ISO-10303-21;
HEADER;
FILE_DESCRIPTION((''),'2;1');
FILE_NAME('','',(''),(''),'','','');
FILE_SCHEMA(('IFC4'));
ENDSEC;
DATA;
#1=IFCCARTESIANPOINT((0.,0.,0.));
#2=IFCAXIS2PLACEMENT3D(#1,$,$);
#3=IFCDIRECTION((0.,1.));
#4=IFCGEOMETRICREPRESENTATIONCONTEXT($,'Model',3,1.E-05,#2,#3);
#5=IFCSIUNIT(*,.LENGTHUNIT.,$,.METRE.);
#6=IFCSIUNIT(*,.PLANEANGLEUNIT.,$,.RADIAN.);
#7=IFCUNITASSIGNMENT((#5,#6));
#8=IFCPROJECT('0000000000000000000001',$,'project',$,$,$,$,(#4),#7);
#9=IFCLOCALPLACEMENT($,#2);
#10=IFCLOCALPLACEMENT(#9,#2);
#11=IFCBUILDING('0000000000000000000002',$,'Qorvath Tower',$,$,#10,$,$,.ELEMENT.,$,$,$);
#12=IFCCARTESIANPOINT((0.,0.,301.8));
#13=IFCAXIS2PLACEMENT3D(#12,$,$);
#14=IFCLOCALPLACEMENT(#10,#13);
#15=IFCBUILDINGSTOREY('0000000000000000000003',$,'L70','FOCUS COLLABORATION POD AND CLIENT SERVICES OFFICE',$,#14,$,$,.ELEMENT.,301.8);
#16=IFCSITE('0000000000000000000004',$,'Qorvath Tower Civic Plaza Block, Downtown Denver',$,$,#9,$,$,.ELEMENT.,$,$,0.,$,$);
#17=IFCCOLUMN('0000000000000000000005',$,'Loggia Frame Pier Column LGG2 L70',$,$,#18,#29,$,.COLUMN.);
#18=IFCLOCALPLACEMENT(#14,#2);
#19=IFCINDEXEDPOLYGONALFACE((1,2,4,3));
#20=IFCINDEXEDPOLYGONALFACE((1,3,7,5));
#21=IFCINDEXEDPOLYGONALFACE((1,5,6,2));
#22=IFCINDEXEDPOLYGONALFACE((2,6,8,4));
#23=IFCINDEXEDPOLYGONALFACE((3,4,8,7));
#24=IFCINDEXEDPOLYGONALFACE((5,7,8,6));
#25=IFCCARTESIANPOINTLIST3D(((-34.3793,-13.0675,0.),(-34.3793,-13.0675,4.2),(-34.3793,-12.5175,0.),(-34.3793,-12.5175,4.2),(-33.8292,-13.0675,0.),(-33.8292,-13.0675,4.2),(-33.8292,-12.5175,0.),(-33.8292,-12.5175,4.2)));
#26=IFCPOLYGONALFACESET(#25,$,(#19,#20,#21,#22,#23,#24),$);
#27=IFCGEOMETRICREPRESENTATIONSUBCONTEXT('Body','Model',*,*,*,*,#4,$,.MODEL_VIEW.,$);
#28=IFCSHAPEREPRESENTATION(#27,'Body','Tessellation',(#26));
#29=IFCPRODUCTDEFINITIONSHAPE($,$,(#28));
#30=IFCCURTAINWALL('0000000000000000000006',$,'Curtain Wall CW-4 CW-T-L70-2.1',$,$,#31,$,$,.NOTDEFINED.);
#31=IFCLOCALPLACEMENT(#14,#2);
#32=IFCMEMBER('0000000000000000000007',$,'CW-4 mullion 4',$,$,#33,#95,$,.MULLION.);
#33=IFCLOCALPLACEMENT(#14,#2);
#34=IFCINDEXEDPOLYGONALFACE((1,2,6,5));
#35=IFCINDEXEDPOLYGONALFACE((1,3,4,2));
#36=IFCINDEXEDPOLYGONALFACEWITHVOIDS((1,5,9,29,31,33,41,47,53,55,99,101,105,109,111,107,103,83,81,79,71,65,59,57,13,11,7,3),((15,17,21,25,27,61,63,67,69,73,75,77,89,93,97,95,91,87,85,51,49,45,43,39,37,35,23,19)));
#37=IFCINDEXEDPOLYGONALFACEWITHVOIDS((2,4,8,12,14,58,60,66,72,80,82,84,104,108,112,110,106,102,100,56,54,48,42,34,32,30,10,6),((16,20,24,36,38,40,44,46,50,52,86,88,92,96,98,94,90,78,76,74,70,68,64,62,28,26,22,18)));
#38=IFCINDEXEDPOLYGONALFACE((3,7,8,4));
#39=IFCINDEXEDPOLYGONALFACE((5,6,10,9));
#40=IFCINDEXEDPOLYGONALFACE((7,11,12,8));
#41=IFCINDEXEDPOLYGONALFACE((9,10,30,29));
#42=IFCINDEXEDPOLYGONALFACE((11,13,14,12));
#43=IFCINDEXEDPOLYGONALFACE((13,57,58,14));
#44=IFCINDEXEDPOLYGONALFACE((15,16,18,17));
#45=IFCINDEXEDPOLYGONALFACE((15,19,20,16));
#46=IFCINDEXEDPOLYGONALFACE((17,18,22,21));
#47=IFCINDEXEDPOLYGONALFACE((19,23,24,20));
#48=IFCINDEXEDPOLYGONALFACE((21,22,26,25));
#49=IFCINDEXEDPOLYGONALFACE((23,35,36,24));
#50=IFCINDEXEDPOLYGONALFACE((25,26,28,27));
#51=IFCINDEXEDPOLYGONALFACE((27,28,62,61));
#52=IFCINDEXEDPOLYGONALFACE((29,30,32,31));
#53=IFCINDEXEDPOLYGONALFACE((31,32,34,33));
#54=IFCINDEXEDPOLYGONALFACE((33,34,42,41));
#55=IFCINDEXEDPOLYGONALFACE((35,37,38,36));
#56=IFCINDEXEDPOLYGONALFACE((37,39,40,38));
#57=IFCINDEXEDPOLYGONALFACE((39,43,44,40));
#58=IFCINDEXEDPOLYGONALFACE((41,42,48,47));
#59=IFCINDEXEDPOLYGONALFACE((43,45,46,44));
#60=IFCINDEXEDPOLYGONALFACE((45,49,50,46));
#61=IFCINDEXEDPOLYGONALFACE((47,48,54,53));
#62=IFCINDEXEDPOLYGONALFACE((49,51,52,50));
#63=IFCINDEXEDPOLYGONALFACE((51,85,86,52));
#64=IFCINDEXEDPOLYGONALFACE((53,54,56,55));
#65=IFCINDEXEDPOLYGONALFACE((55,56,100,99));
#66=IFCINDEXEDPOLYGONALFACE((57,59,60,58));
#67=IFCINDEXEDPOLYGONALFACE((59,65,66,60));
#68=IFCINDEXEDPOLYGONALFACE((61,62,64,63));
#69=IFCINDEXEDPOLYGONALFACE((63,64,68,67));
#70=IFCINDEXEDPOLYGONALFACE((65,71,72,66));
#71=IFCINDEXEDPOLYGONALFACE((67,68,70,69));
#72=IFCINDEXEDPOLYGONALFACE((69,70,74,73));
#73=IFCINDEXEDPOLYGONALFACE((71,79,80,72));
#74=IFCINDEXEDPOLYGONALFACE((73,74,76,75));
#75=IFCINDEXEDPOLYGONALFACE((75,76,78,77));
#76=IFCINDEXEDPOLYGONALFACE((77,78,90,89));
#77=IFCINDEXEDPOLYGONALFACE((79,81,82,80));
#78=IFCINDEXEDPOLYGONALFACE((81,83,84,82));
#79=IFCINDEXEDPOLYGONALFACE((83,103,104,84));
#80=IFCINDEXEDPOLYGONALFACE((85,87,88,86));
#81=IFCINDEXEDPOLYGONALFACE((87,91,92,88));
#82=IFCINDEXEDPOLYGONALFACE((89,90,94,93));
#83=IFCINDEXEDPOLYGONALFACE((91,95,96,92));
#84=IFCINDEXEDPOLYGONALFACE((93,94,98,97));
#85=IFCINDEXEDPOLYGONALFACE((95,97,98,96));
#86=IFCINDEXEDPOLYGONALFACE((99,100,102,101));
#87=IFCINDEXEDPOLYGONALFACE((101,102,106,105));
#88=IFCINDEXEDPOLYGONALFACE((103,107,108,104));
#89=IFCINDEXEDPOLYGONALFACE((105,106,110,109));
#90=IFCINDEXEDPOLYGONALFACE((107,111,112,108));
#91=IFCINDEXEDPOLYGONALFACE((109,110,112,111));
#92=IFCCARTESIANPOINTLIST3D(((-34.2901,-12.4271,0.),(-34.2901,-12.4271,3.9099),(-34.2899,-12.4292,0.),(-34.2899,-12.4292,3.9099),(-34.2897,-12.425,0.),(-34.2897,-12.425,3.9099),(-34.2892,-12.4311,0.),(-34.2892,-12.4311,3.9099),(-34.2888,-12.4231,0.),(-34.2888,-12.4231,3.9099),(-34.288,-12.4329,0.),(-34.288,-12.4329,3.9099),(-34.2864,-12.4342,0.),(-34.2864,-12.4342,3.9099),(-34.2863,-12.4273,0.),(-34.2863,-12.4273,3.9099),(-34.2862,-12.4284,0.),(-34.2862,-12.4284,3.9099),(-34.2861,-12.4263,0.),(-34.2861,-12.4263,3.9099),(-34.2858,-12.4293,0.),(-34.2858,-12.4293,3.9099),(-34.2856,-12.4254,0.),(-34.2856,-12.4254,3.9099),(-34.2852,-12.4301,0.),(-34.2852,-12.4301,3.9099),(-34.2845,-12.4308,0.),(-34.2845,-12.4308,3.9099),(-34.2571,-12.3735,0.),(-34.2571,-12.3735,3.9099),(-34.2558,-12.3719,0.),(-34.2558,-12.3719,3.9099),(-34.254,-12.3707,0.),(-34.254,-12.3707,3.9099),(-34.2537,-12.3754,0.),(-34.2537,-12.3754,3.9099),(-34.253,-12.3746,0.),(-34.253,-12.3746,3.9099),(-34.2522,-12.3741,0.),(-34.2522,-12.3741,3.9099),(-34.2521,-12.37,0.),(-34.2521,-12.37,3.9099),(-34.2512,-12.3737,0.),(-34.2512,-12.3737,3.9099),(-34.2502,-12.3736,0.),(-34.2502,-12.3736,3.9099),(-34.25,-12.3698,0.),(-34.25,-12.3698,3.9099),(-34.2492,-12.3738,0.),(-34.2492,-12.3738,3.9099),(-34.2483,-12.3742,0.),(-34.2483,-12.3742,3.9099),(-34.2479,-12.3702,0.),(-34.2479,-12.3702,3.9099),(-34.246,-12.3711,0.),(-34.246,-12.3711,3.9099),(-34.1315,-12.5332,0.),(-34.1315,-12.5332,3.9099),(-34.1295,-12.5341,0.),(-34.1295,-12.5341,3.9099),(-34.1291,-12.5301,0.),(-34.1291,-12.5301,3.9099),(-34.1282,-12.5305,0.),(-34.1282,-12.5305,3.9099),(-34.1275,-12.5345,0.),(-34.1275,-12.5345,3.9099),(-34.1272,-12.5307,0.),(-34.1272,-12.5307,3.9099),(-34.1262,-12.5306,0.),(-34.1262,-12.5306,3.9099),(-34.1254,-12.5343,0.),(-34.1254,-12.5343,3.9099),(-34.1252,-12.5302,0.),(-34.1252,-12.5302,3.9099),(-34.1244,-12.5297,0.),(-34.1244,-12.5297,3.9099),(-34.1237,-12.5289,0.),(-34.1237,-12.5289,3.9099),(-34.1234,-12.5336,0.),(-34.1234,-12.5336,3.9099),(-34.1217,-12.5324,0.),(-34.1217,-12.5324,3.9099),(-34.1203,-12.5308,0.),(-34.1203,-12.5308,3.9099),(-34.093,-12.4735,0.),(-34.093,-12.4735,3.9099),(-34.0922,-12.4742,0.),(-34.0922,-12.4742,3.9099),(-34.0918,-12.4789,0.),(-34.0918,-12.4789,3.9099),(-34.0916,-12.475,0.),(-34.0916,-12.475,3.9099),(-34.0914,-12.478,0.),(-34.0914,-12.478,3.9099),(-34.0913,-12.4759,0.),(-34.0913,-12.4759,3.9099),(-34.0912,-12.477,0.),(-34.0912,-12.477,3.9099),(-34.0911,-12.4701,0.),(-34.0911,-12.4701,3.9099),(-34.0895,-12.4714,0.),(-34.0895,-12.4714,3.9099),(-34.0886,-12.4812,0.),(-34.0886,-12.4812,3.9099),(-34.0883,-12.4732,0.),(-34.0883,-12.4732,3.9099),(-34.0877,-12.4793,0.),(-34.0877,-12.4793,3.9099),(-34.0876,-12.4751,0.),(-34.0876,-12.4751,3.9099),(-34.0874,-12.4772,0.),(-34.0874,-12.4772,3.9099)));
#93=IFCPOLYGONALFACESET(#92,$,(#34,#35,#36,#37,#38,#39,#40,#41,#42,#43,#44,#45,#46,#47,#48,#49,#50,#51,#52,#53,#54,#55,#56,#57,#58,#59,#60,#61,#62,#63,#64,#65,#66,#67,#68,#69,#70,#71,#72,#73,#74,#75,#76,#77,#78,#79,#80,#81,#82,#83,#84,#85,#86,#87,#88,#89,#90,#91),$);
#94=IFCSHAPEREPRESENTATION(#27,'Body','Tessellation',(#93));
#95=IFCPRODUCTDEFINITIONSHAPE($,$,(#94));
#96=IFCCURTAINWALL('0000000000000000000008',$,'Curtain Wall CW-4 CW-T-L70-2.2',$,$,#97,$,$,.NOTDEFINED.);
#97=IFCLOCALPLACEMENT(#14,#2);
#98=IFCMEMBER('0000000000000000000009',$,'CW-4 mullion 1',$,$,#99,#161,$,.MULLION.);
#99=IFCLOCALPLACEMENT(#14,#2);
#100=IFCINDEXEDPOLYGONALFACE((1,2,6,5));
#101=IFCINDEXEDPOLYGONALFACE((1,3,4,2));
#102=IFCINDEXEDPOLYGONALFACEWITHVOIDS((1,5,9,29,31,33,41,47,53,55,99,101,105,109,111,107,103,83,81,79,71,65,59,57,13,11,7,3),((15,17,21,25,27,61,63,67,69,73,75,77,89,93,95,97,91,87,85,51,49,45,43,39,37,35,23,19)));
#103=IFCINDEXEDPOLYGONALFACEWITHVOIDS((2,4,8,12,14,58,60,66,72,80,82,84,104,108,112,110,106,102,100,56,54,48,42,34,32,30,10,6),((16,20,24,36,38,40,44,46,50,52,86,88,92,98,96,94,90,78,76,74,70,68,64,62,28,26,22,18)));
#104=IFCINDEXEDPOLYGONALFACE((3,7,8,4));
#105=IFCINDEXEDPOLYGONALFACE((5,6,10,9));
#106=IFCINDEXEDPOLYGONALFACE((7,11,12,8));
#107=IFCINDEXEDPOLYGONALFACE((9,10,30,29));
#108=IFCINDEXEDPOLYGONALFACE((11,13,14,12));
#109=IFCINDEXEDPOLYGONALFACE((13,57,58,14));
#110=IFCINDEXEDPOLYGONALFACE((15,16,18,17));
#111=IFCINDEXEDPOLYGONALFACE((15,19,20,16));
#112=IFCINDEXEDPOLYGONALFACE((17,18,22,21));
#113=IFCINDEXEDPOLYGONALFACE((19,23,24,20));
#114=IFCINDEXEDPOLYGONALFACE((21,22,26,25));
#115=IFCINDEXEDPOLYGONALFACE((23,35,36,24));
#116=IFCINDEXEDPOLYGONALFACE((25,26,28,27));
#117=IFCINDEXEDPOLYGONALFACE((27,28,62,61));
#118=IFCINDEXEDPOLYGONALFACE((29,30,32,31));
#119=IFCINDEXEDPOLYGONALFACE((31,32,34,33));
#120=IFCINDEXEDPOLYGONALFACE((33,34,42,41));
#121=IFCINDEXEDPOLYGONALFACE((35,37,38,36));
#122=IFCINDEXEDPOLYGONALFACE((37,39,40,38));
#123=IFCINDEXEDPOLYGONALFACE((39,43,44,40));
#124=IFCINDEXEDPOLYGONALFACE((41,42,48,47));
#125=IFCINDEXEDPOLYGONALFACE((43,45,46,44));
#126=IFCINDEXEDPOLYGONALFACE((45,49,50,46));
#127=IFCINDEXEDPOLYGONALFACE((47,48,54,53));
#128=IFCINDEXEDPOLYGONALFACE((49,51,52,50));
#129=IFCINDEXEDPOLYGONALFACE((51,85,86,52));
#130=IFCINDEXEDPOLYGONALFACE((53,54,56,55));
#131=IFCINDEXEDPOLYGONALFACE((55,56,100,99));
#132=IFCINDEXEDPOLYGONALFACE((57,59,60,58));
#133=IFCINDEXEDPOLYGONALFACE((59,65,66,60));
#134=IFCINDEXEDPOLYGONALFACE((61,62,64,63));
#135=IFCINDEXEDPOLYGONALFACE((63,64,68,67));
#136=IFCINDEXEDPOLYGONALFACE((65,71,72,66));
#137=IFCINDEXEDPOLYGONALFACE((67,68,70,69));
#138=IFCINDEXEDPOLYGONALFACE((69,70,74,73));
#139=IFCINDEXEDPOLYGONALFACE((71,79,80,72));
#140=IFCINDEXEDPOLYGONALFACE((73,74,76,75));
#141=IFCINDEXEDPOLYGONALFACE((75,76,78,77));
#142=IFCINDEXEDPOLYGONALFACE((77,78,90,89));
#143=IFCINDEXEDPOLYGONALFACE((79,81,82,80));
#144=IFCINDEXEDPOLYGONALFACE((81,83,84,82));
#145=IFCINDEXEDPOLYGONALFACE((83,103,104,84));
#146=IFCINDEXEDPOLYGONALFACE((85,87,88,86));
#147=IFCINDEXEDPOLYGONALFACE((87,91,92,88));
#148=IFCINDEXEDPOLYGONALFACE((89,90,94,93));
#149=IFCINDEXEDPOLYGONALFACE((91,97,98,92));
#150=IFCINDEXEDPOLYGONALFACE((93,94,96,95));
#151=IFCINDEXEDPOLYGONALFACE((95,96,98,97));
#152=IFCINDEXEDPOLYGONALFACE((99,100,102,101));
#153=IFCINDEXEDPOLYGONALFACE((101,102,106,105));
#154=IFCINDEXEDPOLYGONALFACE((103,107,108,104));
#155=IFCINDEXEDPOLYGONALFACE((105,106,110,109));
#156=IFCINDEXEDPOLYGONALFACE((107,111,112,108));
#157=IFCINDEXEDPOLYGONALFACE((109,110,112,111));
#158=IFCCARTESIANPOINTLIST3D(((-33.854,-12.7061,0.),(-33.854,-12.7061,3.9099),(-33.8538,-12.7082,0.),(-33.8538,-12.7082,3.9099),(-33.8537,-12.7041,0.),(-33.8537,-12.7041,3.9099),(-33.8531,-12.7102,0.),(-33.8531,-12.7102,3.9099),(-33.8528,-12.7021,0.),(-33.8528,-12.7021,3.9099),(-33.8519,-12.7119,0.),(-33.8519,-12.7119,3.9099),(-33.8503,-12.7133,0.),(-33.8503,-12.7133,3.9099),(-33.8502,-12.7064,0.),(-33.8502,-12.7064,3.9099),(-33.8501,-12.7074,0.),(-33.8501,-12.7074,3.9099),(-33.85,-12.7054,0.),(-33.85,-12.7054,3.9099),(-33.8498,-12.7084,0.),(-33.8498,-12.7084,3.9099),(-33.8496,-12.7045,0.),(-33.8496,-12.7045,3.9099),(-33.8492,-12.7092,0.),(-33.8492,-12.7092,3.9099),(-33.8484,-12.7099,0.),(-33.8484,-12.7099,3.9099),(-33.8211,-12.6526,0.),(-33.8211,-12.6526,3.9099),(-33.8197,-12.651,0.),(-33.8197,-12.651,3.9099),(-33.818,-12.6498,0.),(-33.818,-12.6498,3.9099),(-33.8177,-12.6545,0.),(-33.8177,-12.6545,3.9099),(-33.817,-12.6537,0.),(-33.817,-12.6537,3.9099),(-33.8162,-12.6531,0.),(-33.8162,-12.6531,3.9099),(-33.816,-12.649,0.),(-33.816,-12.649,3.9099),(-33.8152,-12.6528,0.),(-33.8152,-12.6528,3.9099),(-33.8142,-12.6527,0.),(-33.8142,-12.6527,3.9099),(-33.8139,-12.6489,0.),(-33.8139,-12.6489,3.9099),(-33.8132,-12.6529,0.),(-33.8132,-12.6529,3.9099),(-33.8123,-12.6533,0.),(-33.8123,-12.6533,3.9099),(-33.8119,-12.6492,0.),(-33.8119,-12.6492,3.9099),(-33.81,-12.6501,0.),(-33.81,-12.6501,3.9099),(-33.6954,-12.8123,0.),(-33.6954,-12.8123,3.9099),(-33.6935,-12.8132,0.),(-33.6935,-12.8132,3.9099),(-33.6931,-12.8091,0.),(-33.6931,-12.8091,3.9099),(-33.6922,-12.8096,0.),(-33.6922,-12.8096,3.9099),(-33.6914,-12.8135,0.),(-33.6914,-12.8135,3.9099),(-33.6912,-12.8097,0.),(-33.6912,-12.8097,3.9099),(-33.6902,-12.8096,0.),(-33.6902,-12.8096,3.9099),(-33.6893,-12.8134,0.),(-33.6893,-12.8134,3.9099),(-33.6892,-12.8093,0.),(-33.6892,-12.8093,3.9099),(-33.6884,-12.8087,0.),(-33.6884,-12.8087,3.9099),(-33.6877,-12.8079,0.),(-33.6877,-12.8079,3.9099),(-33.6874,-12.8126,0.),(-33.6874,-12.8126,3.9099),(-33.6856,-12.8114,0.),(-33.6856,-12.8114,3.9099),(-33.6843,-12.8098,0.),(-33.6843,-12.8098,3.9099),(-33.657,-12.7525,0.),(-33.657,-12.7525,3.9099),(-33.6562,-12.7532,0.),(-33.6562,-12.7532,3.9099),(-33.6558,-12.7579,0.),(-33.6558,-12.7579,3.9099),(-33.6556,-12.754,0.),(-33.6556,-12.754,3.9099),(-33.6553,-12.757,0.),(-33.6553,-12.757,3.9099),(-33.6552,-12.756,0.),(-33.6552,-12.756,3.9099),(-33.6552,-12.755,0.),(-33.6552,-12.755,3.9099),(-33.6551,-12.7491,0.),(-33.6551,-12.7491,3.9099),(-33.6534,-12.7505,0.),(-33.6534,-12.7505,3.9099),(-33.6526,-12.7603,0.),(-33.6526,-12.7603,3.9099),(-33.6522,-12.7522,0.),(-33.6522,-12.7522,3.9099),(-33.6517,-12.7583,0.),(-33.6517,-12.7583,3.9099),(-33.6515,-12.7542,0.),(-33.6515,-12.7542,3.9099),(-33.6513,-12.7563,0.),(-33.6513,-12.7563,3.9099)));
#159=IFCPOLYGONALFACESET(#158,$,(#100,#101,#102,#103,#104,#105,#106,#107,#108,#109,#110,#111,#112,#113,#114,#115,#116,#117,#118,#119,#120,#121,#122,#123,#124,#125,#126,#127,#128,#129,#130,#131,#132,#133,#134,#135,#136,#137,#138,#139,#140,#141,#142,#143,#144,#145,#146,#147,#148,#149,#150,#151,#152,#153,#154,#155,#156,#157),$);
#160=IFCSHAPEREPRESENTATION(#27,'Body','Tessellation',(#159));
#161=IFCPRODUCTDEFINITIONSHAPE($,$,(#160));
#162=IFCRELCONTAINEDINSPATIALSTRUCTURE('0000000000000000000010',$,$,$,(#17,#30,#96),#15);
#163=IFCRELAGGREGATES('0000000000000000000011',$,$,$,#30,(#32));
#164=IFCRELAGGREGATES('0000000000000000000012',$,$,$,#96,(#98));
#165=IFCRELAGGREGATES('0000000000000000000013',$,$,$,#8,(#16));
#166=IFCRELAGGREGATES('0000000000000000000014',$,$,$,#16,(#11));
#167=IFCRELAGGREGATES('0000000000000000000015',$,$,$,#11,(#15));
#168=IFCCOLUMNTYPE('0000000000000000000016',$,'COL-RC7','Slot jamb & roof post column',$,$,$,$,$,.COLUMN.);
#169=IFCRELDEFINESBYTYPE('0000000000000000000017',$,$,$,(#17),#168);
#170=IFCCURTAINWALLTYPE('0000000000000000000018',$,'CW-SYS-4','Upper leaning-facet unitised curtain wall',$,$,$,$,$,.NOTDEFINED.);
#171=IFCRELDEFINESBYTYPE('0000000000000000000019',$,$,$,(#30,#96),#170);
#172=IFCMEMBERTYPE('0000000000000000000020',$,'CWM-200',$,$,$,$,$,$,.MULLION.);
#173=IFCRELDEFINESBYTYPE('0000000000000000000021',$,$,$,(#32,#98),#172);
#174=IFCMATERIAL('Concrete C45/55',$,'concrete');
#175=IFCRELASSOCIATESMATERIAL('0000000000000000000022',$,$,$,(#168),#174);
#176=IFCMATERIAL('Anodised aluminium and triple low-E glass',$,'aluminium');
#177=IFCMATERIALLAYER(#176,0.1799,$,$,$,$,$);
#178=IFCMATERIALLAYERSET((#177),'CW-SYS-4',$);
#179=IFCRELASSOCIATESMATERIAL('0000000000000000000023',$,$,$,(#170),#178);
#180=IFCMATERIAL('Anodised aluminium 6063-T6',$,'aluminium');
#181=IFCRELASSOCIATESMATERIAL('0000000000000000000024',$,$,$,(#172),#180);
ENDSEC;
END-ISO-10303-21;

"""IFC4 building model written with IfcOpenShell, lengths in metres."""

from ifc_helpers import new_model, si_unit, direction, frame, origin, origin_2d, place, context, subcontext, project, spatial, rectangle, hollow_rectangle, extrude, material, layer, layer_set, material_profile, profile_set, type_object, element, aggregate, save


model = new_model("IFC4")

# Units and contexts
model_context = context("Model", 3, precision=1e-05, world=origin(), true_north=direction((0.0, 1.0)))
body_context = subcontext(model_context, "Body", "Model", "MODEL_VIEW")
ifc_project = project(units=[si_unit("LENGTHUNIT", "METRE"), si_unit("PLANEANGLEUNIT", "RADIAN")], contexts=[model_context])

# Site, building, storey
site_placement = place(None, origin())
site = spatial("IfcSite", under=ifc_project, at=site_placement, Name="Qorvath Tower Civic Plaza Block, Downtown Denver", CompositionType="ELEMENT", RefElevation=0.0)
building_placement = place(site_placement, origin())
building = spatial("IfcBuilding", under=site, at=building_placement, Name="Qorvath Tower", CompositionType="ELEMENT")
storey_placement = place(building_placement, frame((0.0, 0.0, 301.8)))
storey = spatial("IfcBuildingStorey", under=building, at=storey_placement, Name="L70", Description="FOCUS COLLABORATION POD AND CLIENT SERVICES OFFICE", CompositionType="ELEMENT", Elevation=301.8)

# Column
ifc_material_1 = material(Name="Concrete C45/55", Category="concrete")
ifc_material_profile_1 = material_profile(ifc_material_1, rectangle(XDim=0.55, YDim=0.55, at=origin_2d()), Name="RC 550x550")
ifc_profile_set_1 = profile_set([ifc_material_profile_1], Name="Concrete C45/55")
column_type = type_object("IfcColumnType", Name="COL-RC7", Description="Slot jamb & roof post column", PredefinedType="COLUMN", material=ifc_profile_set_1)
column_placement = place(storey_placement, frame((-34.1042, -12.7925, 0.0), z_axis=(0.0, 0.0, 1.0), x_axis=(1.0, 0.0, 0.0)))
element("IfcColumn", 1, at=column_placement, inside=storey, type_object=column_type, Name="Loggia Frame Pier Column LGG2 L70", PredefinedType="COLUMN", context=body_context, shape_type="SweptSolid", body=[
    extrude(rectangle(XDim=0.55, YDim=0.55, at=origin_2d()), origin(), (0.0, 0.0, 1.0), 4.2),
])

# Curtain wall, member
ifc_material_2 = material(Name="Anodised aluminium and triple low-E glass", Category="aluminium")
ifc_layer_1 = layer(ifc_material_2, 0.1799)
ifc_layer_set_1 = layer_set([ifc_layer_1], Name="CW-SYS-4")
curtain_wall_type = type_object("IfcCurtainWallType", Name="CW-SYS-4", Description="Upper leaning-facet unitised curtain wall", PredefinedType="NOTDEFINED", material=ifc_layer_set_1)
curtain_wall_1_placement = place(storey_placement, origin())
curtain_wall_1 = element("IfcCurtainWall", 2, at=curtain_wall_1_placement, inside=storey, type_object=curtain_wall_type, Name="Curtain Wall CW-4 CW-T-L70-2.1", PredefinedType="NOTDEFINED")
ifc_material_3 = material(Name="Anodised aluminium 6063-T6", Category="aluminium")
ifc_material_profile_2 = material_profile(ifc_material_3, hollow_rectangle(XDim=0.075, YDim=0.2, WallThickness=0.0039, InnerFilletRadius=0.0039, OuterFilletRadius=0.0081, at=origin_2d()), Name="CWM 200x75")
ifc_profile_set_2 = profile_set([ifc_material_profile_2], Name="Anodised aluminium 6063-T6")
member_type_1 = type_object("IfcMemberType", Name="CWM-200", PredefinedType="MULLION", material=ifc_profile_set_2)
member_1_placement = place(storey_placement, frame((-34.1887, -12.4521, 0.0), z_axis=(0.0, 0.0, 1.0), x_axis=(0.538527, 0.842608, 0.0)))
member_1 = element("IfcMember", 3, at=member_1_placement, type_object=member_type_1, Name="CW-4 mullion 4", PredefinedType="MULLION", context=body_context, shape_type="SweptSolid", body=[
    extrude(hollow_rectangle(XDim=0.075, YDim=0.2, WallThickness=0.0039, InnerFilletRadius=0.0039, OuterFilletRadius=0.0081, at=origin_2d()), origin(), (0.0, 0.0, 1.0), 3.9099),
])
aggregate(curtain_wall_1, [member_1])

# Curtain wall, member
curtain_wall_2_placement = place(storey_placement, origin())
curtain_wall_2 = element("IfcCurtainWall", 4, at=curtain_wall_2_placement, inside=storey, type_object=curtain_wall_type, Name="Curtain Wall CW-4 CW-T-L70-2.2", PredefinedType="NOTDEFINED")
member_2_placement = place(storey_placement, frame((-33.7527, -12.7312, 0.0), z_axis=(0.0, 0.0, 1.0), x_axis=(0.538535, 0.842603, 0.0)))
member_2 = element("IfcMember", 5, at=member_2_placement, type_object=member_type_1, Name="CW-4 mullion 1", PredefinedType="MULLION", context=body_context, shape_type="SweptSolid", body=[
    extrude(hollow_rectangle(XDim=0.075, YDim=0.2, WallThickness=0.0039, InnerFilletRadius=0.0039, OuterFilletRadius=0.0081, at=origin_2d()), origin(), (0.0, 0.0, 1.0), 3.9099),
])
aggregate(curtain_wall_2, [member_2])

save(model, "model.ifc")
